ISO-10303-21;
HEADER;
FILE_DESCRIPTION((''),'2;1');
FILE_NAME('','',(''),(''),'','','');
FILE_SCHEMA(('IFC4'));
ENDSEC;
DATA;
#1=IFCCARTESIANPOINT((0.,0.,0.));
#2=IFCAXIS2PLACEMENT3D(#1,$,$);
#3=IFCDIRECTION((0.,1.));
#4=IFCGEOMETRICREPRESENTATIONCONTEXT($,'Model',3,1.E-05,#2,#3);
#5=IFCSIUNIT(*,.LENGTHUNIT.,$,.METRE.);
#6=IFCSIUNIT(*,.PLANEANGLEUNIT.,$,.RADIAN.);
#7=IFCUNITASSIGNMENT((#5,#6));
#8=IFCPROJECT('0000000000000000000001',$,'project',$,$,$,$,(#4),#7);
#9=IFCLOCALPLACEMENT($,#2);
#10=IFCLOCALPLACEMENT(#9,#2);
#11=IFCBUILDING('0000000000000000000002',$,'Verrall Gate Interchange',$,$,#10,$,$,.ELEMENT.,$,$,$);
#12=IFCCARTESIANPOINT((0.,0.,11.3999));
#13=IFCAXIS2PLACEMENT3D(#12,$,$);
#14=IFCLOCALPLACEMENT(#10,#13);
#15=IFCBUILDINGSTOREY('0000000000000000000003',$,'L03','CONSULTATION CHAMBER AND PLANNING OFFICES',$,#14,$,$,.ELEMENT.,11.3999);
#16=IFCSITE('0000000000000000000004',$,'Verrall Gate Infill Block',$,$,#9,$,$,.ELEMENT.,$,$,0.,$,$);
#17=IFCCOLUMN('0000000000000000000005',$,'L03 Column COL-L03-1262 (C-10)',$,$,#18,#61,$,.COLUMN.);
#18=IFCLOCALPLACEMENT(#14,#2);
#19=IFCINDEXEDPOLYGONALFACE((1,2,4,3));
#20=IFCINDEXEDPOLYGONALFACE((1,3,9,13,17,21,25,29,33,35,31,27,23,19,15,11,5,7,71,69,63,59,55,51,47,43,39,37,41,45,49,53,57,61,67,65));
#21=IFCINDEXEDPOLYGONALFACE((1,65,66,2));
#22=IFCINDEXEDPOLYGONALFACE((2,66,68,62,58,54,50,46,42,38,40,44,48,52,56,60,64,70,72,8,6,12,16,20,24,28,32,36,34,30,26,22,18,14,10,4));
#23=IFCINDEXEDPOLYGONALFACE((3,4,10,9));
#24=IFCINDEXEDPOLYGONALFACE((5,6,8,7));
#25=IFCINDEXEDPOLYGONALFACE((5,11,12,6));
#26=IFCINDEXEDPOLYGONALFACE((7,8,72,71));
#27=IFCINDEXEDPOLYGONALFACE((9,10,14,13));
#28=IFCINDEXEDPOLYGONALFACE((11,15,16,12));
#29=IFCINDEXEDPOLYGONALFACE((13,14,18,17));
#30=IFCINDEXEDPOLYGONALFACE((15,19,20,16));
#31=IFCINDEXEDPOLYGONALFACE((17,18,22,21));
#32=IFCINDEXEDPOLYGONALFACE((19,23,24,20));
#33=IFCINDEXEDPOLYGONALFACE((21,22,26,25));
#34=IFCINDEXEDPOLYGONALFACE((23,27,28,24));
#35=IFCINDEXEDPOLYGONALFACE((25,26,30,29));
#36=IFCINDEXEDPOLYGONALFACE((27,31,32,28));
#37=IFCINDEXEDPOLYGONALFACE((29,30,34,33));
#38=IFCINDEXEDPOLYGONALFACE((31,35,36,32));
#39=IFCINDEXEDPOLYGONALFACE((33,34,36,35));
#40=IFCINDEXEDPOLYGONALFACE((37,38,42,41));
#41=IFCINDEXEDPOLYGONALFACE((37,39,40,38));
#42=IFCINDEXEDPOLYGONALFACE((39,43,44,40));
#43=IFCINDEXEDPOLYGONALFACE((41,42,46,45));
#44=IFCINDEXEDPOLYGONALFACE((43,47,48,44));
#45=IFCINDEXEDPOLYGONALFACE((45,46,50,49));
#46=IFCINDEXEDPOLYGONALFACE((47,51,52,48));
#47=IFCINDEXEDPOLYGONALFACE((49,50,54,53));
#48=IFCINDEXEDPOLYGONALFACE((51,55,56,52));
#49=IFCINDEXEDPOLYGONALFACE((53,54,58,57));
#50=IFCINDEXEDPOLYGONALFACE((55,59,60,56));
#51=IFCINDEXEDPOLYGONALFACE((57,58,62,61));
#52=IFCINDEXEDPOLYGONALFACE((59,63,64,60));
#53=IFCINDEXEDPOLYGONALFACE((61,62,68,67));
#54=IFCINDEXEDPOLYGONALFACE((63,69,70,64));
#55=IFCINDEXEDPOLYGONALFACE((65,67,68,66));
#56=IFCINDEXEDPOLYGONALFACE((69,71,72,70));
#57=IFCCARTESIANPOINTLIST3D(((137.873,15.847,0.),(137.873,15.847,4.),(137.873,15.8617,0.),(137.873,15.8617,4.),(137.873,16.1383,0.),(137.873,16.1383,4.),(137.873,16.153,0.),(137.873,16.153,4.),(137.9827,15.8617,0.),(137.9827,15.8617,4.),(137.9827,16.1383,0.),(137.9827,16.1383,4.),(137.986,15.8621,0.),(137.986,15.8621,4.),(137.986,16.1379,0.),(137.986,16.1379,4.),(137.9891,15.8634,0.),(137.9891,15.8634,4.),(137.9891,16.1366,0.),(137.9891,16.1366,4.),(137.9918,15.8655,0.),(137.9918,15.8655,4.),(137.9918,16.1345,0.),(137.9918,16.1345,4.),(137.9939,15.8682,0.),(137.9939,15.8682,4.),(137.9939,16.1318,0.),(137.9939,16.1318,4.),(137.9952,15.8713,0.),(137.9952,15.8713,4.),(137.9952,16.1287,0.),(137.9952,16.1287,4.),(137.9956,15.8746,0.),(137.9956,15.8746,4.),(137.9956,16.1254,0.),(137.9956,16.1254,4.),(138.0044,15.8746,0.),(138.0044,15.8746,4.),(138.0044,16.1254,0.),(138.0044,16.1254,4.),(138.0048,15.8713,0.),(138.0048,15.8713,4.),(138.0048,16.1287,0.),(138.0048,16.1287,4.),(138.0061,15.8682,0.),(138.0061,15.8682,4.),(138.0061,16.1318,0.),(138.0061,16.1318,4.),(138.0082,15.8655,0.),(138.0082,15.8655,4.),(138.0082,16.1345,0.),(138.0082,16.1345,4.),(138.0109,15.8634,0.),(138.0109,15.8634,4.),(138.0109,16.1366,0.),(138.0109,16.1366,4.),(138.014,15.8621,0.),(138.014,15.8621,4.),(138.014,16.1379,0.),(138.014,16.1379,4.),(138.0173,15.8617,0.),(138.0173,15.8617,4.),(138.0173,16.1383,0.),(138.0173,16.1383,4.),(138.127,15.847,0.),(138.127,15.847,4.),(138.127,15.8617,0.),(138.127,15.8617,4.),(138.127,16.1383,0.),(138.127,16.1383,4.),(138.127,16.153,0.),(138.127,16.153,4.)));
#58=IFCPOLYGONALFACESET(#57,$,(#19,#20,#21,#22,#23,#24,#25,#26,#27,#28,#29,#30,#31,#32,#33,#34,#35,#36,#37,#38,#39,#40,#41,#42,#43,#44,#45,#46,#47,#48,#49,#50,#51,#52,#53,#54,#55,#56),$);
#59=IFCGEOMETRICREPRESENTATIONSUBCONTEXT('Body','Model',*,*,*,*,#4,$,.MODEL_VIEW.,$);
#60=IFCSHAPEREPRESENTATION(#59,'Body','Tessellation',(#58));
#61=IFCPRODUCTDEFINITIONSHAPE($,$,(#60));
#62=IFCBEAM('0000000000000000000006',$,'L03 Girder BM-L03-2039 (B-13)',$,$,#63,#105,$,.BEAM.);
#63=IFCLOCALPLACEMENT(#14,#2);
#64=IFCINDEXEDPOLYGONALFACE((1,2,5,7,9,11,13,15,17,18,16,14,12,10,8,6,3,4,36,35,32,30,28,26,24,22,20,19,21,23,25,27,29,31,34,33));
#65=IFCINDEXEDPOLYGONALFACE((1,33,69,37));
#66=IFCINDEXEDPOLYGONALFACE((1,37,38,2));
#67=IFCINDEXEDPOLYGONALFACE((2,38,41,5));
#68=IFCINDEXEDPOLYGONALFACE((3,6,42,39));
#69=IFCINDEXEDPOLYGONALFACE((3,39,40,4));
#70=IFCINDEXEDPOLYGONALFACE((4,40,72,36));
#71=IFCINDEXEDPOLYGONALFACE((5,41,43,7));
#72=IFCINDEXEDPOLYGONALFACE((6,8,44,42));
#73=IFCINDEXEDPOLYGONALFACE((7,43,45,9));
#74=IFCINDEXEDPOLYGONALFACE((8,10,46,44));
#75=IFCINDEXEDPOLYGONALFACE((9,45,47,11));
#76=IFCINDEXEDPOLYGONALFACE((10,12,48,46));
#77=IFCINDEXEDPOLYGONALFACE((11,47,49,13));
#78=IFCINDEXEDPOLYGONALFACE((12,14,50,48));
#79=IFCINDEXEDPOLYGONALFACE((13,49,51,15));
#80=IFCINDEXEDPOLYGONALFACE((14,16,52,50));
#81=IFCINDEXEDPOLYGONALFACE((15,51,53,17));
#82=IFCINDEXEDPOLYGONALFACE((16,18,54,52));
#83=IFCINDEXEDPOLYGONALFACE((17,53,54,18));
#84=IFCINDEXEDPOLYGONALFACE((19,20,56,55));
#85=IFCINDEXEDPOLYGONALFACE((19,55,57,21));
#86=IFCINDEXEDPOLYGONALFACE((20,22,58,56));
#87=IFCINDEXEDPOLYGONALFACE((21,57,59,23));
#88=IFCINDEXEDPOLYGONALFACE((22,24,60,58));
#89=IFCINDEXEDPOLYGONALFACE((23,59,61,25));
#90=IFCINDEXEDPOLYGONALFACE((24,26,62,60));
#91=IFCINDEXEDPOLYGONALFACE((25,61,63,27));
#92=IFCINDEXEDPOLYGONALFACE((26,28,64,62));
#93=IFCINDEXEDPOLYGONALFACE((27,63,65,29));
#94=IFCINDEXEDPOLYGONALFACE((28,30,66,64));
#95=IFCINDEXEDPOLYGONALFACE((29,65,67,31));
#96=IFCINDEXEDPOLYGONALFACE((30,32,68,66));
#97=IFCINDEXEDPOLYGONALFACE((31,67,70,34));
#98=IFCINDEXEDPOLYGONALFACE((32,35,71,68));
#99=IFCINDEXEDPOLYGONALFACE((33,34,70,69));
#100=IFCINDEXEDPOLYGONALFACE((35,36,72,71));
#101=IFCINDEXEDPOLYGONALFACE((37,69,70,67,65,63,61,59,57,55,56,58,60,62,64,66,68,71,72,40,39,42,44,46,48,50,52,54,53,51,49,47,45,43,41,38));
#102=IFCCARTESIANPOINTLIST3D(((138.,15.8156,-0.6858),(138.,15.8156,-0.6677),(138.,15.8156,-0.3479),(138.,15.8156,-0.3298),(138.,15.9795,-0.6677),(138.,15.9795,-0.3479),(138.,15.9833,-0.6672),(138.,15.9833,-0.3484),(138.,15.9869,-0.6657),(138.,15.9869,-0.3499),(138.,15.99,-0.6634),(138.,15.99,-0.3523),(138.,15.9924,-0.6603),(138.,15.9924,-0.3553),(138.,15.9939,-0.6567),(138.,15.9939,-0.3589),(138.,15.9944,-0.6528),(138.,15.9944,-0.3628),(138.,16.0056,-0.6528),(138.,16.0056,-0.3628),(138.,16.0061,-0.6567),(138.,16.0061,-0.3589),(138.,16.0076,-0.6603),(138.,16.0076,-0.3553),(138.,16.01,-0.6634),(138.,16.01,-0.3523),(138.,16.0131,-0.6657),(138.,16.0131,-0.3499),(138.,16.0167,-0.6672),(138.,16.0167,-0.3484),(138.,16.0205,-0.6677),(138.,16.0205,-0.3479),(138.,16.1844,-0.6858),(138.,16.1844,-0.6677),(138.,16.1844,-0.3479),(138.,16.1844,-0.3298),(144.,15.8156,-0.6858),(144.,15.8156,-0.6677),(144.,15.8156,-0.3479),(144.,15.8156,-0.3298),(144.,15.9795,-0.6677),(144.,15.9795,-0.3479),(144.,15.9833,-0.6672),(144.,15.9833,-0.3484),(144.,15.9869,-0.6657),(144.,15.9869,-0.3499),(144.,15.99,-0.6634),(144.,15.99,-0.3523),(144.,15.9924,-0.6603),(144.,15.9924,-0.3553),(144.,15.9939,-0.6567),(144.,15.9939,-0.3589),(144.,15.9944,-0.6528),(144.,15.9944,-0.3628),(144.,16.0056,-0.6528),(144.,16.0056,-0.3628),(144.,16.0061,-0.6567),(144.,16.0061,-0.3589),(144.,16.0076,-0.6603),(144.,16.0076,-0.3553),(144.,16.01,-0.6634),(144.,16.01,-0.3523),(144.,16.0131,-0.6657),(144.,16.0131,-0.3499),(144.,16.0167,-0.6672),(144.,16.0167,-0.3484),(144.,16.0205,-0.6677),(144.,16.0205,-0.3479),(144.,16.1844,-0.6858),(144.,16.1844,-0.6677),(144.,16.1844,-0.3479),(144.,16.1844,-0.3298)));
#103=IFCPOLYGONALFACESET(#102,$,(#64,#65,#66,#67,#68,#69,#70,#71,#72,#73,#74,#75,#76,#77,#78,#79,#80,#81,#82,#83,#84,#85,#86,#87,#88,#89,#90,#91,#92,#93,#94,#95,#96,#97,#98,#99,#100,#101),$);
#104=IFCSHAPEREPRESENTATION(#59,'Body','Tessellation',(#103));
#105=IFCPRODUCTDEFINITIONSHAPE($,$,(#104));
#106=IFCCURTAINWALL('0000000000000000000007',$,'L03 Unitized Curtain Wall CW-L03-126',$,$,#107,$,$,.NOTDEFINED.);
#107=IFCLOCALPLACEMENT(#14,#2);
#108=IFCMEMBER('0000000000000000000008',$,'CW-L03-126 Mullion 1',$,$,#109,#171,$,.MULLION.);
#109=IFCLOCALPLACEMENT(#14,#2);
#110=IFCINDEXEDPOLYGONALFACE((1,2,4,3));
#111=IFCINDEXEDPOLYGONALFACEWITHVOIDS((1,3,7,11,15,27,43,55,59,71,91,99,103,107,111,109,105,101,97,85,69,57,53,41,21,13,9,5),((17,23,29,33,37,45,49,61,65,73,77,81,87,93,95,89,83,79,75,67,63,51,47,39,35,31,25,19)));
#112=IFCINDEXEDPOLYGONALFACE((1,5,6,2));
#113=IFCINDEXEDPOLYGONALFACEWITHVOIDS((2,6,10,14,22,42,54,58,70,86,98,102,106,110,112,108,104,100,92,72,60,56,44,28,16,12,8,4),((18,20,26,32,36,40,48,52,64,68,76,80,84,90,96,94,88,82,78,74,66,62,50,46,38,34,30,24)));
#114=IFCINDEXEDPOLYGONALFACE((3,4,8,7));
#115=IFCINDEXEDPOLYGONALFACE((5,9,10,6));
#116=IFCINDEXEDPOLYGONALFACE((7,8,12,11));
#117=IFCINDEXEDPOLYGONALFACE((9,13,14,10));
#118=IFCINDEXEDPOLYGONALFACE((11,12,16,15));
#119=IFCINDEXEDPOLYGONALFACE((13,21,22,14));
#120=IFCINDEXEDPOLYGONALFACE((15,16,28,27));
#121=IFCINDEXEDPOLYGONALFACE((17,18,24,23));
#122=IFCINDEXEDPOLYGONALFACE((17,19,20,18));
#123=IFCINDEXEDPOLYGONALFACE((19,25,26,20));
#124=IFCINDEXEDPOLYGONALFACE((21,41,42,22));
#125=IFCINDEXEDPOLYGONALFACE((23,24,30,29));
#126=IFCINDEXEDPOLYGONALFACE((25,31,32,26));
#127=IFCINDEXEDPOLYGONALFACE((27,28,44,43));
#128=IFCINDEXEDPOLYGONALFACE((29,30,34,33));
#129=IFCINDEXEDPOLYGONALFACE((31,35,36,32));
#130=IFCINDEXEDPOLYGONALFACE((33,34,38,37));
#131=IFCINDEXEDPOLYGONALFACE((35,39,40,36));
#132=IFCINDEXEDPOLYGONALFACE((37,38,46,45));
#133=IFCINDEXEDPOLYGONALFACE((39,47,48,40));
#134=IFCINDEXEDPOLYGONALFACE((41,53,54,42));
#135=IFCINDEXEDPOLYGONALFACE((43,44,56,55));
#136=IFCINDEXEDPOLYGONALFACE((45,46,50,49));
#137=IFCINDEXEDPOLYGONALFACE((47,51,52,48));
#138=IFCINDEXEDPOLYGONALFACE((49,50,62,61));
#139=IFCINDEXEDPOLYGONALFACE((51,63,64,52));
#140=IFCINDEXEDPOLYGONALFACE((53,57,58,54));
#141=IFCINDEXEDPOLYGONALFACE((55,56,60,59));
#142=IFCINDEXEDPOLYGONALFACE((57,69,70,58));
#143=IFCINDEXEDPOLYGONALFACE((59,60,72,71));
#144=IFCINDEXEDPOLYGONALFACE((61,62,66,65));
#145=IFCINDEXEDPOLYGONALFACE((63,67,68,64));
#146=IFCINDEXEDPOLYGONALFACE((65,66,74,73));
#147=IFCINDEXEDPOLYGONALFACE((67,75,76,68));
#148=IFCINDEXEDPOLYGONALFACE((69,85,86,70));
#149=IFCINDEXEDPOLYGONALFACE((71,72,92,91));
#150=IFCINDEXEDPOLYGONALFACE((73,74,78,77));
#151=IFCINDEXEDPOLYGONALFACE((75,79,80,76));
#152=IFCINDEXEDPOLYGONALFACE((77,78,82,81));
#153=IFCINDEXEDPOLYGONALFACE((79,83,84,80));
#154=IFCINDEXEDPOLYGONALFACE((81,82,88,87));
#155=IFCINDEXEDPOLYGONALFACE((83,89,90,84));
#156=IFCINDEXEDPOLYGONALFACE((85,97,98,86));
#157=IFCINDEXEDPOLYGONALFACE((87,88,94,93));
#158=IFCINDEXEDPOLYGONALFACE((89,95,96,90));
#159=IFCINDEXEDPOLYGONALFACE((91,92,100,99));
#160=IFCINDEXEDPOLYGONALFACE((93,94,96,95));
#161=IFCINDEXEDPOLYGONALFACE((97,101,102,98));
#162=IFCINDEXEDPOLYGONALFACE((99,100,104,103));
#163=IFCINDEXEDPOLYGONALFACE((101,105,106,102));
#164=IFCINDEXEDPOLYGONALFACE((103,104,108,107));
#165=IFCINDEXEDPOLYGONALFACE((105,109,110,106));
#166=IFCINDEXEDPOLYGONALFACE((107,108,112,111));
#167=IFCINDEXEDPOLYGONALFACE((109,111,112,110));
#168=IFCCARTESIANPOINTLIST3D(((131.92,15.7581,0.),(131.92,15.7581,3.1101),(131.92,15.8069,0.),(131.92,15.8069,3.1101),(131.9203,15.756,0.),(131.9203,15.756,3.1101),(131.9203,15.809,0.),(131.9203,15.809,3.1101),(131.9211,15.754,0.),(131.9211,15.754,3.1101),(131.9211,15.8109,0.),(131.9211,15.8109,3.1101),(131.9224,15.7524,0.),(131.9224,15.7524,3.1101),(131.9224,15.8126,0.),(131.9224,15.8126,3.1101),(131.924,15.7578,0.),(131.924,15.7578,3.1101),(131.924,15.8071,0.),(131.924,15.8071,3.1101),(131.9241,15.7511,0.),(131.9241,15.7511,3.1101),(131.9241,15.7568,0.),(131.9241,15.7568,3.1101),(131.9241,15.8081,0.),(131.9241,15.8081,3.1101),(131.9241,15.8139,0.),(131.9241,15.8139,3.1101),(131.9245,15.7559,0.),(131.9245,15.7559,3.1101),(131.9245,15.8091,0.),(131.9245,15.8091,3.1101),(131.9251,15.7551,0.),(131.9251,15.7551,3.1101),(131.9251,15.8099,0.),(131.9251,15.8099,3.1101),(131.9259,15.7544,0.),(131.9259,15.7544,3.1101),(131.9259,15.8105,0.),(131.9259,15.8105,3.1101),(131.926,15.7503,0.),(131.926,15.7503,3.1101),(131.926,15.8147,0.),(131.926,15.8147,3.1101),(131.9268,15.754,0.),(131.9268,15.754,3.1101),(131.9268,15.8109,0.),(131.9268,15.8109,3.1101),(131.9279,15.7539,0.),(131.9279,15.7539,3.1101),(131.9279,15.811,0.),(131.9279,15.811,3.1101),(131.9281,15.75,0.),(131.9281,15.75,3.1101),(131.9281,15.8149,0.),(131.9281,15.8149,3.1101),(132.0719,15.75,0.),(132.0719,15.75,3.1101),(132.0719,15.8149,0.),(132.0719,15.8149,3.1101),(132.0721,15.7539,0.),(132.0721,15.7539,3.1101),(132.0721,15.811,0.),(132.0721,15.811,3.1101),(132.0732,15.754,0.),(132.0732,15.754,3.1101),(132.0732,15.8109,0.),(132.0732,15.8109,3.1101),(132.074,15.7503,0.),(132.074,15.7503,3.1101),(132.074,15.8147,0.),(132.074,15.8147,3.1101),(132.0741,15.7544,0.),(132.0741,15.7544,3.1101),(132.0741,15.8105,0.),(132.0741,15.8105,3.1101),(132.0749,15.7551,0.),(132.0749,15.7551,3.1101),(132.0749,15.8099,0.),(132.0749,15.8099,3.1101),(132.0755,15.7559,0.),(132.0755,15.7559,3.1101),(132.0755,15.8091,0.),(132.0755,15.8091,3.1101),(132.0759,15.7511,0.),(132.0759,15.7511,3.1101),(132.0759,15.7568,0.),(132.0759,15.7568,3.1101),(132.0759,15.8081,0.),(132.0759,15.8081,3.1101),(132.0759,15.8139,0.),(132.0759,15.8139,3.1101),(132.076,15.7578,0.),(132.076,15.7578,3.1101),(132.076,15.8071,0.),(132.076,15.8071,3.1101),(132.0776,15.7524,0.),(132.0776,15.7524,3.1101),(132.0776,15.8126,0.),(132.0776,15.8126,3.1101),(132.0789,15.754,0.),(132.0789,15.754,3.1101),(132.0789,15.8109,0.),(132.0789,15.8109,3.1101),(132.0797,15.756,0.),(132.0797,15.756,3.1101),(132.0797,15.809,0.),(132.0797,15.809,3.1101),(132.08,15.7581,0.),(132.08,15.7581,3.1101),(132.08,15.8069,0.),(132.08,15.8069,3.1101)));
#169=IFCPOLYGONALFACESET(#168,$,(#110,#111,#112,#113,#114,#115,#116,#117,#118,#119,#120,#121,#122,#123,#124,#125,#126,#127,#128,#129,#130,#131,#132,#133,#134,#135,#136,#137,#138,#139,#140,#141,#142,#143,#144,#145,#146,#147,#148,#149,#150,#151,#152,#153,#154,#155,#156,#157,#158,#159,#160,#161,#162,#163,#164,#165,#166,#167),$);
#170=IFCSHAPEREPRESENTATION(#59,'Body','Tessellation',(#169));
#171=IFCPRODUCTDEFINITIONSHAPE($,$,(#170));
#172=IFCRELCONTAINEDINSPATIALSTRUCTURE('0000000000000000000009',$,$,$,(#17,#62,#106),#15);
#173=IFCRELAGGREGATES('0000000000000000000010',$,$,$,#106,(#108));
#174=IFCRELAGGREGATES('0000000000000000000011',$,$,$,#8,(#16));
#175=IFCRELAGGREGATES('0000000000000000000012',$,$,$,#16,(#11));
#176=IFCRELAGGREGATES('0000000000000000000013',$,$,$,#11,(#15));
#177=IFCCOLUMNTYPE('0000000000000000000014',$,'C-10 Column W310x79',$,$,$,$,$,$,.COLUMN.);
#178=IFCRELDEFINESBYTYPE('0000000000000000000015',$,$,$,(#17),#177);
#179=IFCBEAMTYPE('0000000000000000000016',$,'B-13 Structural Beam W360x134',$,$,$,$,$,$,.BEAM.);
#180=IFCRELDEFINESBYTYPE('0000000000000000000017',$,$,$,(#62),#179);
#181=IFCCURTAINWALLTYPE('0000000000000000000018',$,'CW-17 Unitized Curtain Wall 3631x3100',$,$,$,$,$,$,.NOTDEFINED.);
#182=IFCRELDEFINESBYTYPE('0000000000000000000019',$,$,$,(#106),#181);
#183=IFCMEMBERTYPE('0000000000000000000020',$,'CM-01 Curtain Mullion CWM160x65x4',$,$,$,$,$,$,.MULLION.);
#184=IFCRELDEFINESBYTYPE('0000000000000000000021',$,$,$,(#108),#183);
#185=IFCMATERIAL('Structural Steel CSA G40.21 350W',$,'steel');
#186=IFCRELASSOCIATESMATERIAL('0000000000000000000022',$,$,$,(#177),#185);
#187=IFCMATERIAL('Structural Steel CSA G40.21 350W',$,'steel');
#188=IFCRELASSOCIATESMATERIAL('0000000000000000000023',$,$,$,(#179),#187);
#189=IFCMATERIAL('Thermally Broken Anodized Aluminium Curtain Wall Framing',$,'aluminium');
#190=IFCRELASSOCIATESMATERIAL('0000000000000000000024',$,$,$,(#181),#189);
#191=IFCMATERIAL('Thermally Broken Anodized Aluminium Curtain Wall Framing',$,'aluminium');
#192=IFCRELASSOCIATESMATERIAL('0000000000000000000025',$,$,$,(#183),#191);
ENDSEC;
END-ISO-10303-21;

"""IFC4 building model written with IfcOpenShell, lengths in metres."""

from ifc_helpers import new_model, si_unit, direction, frame, origin, origin_2d, place, context, subcontext, project, spatial, hollow_rectangle, i_section, extrude, material, material_profile, profile_set, type_object, element, aggregate, save


model = new_model("IFC4")

# Units and contexts
model_context = context("Model", 3, precision=1e-05, world=origin(), true_north=direction((0.0, 1.0)))
body_context = subcontext(model_context, "Body", "Model", "MODEL_VIEW")
ifc_project = project(units=[si_unit("LENGTHUNIT", "METRE"), si_unit("PLANEANGLEUNIT", "RADIAN")], contexts=[model_context])

# Site, building, storey
site_placement = place(None, origin())
site = spatial("IfcSite", under=ifc_project, at=site_placement, Name="Verrall Gate Infill Block", CompositionType="ELEMENT", RefElevation=0.0)
building_placement = place(site_placement, origin())
building = spatial("IfcBuilding", under=site, at=building_placement, Name="Verrall Gate Interchange", CompositionType="ELEMENT")
storey_placement = place(building_placement, frame((0.0, 0.0, 11.3999)))
storey = spatial("IfcBuildingStorey", under=building, at=storey_placement, Name="L03", Description="CONSULTATION CHAMBER AND PLANNING OFFICES", CompositionType="ELEMENT", Elevation=11.3999)

# Column
ifc_material_1 = material(Name="Structural Steel CSA G40.21 350W", Category="steel")
ifc_material_profile_1 = material_profile(ifc_material_1, i_section(OverallWidth=0.2539, OverallDepth=0.3059, WebThickness=0.0088, FlangeThickness=0.0146, FilletRadius=0.0129, at=origin_2d()), Name="W310x79")
ifc_profile_set_1 = profile_set([ifc_material_profile_1], Name="Structural Steel CSA G40.21 350W")
column_type = type_object("IfcColumnType", Name="C-10 Column W310x79", PredefinedType="COLUMN", material=ifc_profile_set_1)
column_placement = place(storey_placement, frame((138.0, 16.0, 0.0), z_axis=(0.0, 0.0, 1.0), x_axis=(1.0, 0.0, 0.0)))
element("IfcColumn", 1, at=column_placement, inside=storey, type_object=column_type, Name="L03 Column COL-L03-1262 (C-10)", PredefinedType="COLUMN", context=body_context, shape_type="SweptSolid", body=[
    extrude(i_section(OverallWidth=0.2539, OverallDepth=0.3059, WebThickness=0.0088, FlangeThickness=0.0146, FilletRadius=0.0129, at=origin_2d()), origin(), (0.0, 0.0, 1.0), 4.0),
])

# Beam
ifc_material_2 = material(Name="Structural Steel CSA G40.21 350W", Category="steel")
ifc_material_profile_2 = material_profile(ifc_material_2, i_section(OverallWidth=0.3689, OverallDepth=0.356, WebThickness=0.0112, FlangeThickness=0.0181, FilletRadius=0.0149, at=origin_2d()), Name="W360x134")
ifc_profile_set_2 = profile_set([ifc_material_profile_2], Name="Structural Steel CSA G40.21 350W")
beam_type = type_object("IfcBeamType", Name="B-13 Structural Beam W360x134", PredefinedType="BEAM", material=ifc_profile_set_2)
beam_placement = place(storey_placement, frame((138.0, 16.0, -0.5078), z_axis=(1.0, 0.0, 0.0), x_axis=(0.0, 1.0, 0.0)))
element("IfcBeam", 2, at=beam_placement, inside=storey, type_object=beam_type, Name="L03 Girder BM-L03-2039 (B-13)", PredefinedType="BEAM", context=body_context, shape_type="SweptSolid", body=[
    extrude(i_section(OverallWidth=0.3689, OverallDepth=0.356, WebThickness=0.0112, FlangeThickness=0.0181, FilletRadius=0.0149, at=origin_2d()), origin(), (0.0, 0.0, 1.0), 6.0),
])

# Curtain wall, member
ifc_material_3 = material(Name="Thermally Broken Anodized Aluminium Curtain Wall Framing", Category="aluminium")
curtain_wall_type_1 = type_object("IfcCurtainWallType", Name="CW-17 Unitized Curtain Wall 3631x3100", PredefinedType="NOTDEFINED", material=ifc_material_3)
curtain_wall_1_placement = place(storey_placement, origin())
curtain_wall_1 = element("IfcCurtainWall", 3, at=curtain_wall_1_placement, inside=storey, type_object=curtain_wall_type_1, Name="L03 Unitized Curtain Wall CW-L03-126", PredefinedType="NOTDEFINED")
ifc_material_4 = material(Name="Thermally Broken Anodized Aluminium Curtain Wall Framing", Category="aluminium")
ifc_material_profile_3 = material_profile(ifc_material_4, hollow_rectangle(XDim=0.0649, YDim=0.1599, WallThickness=0.0039, InnerFilletRadius=0.0039, OuterFilletRadius=0.0081, at=origin_2d()), Name="CWM160x65x4")
ifc_profile_set_3 = profile_set([ifc_material_profile_3], Name="Thermally Broken Anodized Aluminium Curtain Wall Framing")
member_type_1 = type_object("IfcMemberType", Name="CM-01 Curtain Mullion CWM160x65x4", PredefinedType="MULLION", material=ifc_profile_set_3)
member_1_placement = place(storey_placement, frame((132.0, 15.7825, 0.0), z_axis=(0.0, 0.0, 1.0), x_axis=(0.0, -1.0, 0.0)))
member_1 = element("IfcMember", 4, at=member_1_placement, type_object=member_type_1, Name="CW-L03-126 Mullion 1", PredefinedType="MULLION", context=body_context, shape_type="SweptSolid", body=[
    extrude(hollow_rectangle(XDim=0.0649, YDim=0.1599, WallThickness=0.0039, InnerFilletRadius=0.0039, OuterFilletRadius=0.0081, at=origin_2d()), origin(), (0.0, 0.0, 1.0), 3.1101),
])

aggregate(curtain_wall_1, [member_1])

save(model, "model.ifc")
